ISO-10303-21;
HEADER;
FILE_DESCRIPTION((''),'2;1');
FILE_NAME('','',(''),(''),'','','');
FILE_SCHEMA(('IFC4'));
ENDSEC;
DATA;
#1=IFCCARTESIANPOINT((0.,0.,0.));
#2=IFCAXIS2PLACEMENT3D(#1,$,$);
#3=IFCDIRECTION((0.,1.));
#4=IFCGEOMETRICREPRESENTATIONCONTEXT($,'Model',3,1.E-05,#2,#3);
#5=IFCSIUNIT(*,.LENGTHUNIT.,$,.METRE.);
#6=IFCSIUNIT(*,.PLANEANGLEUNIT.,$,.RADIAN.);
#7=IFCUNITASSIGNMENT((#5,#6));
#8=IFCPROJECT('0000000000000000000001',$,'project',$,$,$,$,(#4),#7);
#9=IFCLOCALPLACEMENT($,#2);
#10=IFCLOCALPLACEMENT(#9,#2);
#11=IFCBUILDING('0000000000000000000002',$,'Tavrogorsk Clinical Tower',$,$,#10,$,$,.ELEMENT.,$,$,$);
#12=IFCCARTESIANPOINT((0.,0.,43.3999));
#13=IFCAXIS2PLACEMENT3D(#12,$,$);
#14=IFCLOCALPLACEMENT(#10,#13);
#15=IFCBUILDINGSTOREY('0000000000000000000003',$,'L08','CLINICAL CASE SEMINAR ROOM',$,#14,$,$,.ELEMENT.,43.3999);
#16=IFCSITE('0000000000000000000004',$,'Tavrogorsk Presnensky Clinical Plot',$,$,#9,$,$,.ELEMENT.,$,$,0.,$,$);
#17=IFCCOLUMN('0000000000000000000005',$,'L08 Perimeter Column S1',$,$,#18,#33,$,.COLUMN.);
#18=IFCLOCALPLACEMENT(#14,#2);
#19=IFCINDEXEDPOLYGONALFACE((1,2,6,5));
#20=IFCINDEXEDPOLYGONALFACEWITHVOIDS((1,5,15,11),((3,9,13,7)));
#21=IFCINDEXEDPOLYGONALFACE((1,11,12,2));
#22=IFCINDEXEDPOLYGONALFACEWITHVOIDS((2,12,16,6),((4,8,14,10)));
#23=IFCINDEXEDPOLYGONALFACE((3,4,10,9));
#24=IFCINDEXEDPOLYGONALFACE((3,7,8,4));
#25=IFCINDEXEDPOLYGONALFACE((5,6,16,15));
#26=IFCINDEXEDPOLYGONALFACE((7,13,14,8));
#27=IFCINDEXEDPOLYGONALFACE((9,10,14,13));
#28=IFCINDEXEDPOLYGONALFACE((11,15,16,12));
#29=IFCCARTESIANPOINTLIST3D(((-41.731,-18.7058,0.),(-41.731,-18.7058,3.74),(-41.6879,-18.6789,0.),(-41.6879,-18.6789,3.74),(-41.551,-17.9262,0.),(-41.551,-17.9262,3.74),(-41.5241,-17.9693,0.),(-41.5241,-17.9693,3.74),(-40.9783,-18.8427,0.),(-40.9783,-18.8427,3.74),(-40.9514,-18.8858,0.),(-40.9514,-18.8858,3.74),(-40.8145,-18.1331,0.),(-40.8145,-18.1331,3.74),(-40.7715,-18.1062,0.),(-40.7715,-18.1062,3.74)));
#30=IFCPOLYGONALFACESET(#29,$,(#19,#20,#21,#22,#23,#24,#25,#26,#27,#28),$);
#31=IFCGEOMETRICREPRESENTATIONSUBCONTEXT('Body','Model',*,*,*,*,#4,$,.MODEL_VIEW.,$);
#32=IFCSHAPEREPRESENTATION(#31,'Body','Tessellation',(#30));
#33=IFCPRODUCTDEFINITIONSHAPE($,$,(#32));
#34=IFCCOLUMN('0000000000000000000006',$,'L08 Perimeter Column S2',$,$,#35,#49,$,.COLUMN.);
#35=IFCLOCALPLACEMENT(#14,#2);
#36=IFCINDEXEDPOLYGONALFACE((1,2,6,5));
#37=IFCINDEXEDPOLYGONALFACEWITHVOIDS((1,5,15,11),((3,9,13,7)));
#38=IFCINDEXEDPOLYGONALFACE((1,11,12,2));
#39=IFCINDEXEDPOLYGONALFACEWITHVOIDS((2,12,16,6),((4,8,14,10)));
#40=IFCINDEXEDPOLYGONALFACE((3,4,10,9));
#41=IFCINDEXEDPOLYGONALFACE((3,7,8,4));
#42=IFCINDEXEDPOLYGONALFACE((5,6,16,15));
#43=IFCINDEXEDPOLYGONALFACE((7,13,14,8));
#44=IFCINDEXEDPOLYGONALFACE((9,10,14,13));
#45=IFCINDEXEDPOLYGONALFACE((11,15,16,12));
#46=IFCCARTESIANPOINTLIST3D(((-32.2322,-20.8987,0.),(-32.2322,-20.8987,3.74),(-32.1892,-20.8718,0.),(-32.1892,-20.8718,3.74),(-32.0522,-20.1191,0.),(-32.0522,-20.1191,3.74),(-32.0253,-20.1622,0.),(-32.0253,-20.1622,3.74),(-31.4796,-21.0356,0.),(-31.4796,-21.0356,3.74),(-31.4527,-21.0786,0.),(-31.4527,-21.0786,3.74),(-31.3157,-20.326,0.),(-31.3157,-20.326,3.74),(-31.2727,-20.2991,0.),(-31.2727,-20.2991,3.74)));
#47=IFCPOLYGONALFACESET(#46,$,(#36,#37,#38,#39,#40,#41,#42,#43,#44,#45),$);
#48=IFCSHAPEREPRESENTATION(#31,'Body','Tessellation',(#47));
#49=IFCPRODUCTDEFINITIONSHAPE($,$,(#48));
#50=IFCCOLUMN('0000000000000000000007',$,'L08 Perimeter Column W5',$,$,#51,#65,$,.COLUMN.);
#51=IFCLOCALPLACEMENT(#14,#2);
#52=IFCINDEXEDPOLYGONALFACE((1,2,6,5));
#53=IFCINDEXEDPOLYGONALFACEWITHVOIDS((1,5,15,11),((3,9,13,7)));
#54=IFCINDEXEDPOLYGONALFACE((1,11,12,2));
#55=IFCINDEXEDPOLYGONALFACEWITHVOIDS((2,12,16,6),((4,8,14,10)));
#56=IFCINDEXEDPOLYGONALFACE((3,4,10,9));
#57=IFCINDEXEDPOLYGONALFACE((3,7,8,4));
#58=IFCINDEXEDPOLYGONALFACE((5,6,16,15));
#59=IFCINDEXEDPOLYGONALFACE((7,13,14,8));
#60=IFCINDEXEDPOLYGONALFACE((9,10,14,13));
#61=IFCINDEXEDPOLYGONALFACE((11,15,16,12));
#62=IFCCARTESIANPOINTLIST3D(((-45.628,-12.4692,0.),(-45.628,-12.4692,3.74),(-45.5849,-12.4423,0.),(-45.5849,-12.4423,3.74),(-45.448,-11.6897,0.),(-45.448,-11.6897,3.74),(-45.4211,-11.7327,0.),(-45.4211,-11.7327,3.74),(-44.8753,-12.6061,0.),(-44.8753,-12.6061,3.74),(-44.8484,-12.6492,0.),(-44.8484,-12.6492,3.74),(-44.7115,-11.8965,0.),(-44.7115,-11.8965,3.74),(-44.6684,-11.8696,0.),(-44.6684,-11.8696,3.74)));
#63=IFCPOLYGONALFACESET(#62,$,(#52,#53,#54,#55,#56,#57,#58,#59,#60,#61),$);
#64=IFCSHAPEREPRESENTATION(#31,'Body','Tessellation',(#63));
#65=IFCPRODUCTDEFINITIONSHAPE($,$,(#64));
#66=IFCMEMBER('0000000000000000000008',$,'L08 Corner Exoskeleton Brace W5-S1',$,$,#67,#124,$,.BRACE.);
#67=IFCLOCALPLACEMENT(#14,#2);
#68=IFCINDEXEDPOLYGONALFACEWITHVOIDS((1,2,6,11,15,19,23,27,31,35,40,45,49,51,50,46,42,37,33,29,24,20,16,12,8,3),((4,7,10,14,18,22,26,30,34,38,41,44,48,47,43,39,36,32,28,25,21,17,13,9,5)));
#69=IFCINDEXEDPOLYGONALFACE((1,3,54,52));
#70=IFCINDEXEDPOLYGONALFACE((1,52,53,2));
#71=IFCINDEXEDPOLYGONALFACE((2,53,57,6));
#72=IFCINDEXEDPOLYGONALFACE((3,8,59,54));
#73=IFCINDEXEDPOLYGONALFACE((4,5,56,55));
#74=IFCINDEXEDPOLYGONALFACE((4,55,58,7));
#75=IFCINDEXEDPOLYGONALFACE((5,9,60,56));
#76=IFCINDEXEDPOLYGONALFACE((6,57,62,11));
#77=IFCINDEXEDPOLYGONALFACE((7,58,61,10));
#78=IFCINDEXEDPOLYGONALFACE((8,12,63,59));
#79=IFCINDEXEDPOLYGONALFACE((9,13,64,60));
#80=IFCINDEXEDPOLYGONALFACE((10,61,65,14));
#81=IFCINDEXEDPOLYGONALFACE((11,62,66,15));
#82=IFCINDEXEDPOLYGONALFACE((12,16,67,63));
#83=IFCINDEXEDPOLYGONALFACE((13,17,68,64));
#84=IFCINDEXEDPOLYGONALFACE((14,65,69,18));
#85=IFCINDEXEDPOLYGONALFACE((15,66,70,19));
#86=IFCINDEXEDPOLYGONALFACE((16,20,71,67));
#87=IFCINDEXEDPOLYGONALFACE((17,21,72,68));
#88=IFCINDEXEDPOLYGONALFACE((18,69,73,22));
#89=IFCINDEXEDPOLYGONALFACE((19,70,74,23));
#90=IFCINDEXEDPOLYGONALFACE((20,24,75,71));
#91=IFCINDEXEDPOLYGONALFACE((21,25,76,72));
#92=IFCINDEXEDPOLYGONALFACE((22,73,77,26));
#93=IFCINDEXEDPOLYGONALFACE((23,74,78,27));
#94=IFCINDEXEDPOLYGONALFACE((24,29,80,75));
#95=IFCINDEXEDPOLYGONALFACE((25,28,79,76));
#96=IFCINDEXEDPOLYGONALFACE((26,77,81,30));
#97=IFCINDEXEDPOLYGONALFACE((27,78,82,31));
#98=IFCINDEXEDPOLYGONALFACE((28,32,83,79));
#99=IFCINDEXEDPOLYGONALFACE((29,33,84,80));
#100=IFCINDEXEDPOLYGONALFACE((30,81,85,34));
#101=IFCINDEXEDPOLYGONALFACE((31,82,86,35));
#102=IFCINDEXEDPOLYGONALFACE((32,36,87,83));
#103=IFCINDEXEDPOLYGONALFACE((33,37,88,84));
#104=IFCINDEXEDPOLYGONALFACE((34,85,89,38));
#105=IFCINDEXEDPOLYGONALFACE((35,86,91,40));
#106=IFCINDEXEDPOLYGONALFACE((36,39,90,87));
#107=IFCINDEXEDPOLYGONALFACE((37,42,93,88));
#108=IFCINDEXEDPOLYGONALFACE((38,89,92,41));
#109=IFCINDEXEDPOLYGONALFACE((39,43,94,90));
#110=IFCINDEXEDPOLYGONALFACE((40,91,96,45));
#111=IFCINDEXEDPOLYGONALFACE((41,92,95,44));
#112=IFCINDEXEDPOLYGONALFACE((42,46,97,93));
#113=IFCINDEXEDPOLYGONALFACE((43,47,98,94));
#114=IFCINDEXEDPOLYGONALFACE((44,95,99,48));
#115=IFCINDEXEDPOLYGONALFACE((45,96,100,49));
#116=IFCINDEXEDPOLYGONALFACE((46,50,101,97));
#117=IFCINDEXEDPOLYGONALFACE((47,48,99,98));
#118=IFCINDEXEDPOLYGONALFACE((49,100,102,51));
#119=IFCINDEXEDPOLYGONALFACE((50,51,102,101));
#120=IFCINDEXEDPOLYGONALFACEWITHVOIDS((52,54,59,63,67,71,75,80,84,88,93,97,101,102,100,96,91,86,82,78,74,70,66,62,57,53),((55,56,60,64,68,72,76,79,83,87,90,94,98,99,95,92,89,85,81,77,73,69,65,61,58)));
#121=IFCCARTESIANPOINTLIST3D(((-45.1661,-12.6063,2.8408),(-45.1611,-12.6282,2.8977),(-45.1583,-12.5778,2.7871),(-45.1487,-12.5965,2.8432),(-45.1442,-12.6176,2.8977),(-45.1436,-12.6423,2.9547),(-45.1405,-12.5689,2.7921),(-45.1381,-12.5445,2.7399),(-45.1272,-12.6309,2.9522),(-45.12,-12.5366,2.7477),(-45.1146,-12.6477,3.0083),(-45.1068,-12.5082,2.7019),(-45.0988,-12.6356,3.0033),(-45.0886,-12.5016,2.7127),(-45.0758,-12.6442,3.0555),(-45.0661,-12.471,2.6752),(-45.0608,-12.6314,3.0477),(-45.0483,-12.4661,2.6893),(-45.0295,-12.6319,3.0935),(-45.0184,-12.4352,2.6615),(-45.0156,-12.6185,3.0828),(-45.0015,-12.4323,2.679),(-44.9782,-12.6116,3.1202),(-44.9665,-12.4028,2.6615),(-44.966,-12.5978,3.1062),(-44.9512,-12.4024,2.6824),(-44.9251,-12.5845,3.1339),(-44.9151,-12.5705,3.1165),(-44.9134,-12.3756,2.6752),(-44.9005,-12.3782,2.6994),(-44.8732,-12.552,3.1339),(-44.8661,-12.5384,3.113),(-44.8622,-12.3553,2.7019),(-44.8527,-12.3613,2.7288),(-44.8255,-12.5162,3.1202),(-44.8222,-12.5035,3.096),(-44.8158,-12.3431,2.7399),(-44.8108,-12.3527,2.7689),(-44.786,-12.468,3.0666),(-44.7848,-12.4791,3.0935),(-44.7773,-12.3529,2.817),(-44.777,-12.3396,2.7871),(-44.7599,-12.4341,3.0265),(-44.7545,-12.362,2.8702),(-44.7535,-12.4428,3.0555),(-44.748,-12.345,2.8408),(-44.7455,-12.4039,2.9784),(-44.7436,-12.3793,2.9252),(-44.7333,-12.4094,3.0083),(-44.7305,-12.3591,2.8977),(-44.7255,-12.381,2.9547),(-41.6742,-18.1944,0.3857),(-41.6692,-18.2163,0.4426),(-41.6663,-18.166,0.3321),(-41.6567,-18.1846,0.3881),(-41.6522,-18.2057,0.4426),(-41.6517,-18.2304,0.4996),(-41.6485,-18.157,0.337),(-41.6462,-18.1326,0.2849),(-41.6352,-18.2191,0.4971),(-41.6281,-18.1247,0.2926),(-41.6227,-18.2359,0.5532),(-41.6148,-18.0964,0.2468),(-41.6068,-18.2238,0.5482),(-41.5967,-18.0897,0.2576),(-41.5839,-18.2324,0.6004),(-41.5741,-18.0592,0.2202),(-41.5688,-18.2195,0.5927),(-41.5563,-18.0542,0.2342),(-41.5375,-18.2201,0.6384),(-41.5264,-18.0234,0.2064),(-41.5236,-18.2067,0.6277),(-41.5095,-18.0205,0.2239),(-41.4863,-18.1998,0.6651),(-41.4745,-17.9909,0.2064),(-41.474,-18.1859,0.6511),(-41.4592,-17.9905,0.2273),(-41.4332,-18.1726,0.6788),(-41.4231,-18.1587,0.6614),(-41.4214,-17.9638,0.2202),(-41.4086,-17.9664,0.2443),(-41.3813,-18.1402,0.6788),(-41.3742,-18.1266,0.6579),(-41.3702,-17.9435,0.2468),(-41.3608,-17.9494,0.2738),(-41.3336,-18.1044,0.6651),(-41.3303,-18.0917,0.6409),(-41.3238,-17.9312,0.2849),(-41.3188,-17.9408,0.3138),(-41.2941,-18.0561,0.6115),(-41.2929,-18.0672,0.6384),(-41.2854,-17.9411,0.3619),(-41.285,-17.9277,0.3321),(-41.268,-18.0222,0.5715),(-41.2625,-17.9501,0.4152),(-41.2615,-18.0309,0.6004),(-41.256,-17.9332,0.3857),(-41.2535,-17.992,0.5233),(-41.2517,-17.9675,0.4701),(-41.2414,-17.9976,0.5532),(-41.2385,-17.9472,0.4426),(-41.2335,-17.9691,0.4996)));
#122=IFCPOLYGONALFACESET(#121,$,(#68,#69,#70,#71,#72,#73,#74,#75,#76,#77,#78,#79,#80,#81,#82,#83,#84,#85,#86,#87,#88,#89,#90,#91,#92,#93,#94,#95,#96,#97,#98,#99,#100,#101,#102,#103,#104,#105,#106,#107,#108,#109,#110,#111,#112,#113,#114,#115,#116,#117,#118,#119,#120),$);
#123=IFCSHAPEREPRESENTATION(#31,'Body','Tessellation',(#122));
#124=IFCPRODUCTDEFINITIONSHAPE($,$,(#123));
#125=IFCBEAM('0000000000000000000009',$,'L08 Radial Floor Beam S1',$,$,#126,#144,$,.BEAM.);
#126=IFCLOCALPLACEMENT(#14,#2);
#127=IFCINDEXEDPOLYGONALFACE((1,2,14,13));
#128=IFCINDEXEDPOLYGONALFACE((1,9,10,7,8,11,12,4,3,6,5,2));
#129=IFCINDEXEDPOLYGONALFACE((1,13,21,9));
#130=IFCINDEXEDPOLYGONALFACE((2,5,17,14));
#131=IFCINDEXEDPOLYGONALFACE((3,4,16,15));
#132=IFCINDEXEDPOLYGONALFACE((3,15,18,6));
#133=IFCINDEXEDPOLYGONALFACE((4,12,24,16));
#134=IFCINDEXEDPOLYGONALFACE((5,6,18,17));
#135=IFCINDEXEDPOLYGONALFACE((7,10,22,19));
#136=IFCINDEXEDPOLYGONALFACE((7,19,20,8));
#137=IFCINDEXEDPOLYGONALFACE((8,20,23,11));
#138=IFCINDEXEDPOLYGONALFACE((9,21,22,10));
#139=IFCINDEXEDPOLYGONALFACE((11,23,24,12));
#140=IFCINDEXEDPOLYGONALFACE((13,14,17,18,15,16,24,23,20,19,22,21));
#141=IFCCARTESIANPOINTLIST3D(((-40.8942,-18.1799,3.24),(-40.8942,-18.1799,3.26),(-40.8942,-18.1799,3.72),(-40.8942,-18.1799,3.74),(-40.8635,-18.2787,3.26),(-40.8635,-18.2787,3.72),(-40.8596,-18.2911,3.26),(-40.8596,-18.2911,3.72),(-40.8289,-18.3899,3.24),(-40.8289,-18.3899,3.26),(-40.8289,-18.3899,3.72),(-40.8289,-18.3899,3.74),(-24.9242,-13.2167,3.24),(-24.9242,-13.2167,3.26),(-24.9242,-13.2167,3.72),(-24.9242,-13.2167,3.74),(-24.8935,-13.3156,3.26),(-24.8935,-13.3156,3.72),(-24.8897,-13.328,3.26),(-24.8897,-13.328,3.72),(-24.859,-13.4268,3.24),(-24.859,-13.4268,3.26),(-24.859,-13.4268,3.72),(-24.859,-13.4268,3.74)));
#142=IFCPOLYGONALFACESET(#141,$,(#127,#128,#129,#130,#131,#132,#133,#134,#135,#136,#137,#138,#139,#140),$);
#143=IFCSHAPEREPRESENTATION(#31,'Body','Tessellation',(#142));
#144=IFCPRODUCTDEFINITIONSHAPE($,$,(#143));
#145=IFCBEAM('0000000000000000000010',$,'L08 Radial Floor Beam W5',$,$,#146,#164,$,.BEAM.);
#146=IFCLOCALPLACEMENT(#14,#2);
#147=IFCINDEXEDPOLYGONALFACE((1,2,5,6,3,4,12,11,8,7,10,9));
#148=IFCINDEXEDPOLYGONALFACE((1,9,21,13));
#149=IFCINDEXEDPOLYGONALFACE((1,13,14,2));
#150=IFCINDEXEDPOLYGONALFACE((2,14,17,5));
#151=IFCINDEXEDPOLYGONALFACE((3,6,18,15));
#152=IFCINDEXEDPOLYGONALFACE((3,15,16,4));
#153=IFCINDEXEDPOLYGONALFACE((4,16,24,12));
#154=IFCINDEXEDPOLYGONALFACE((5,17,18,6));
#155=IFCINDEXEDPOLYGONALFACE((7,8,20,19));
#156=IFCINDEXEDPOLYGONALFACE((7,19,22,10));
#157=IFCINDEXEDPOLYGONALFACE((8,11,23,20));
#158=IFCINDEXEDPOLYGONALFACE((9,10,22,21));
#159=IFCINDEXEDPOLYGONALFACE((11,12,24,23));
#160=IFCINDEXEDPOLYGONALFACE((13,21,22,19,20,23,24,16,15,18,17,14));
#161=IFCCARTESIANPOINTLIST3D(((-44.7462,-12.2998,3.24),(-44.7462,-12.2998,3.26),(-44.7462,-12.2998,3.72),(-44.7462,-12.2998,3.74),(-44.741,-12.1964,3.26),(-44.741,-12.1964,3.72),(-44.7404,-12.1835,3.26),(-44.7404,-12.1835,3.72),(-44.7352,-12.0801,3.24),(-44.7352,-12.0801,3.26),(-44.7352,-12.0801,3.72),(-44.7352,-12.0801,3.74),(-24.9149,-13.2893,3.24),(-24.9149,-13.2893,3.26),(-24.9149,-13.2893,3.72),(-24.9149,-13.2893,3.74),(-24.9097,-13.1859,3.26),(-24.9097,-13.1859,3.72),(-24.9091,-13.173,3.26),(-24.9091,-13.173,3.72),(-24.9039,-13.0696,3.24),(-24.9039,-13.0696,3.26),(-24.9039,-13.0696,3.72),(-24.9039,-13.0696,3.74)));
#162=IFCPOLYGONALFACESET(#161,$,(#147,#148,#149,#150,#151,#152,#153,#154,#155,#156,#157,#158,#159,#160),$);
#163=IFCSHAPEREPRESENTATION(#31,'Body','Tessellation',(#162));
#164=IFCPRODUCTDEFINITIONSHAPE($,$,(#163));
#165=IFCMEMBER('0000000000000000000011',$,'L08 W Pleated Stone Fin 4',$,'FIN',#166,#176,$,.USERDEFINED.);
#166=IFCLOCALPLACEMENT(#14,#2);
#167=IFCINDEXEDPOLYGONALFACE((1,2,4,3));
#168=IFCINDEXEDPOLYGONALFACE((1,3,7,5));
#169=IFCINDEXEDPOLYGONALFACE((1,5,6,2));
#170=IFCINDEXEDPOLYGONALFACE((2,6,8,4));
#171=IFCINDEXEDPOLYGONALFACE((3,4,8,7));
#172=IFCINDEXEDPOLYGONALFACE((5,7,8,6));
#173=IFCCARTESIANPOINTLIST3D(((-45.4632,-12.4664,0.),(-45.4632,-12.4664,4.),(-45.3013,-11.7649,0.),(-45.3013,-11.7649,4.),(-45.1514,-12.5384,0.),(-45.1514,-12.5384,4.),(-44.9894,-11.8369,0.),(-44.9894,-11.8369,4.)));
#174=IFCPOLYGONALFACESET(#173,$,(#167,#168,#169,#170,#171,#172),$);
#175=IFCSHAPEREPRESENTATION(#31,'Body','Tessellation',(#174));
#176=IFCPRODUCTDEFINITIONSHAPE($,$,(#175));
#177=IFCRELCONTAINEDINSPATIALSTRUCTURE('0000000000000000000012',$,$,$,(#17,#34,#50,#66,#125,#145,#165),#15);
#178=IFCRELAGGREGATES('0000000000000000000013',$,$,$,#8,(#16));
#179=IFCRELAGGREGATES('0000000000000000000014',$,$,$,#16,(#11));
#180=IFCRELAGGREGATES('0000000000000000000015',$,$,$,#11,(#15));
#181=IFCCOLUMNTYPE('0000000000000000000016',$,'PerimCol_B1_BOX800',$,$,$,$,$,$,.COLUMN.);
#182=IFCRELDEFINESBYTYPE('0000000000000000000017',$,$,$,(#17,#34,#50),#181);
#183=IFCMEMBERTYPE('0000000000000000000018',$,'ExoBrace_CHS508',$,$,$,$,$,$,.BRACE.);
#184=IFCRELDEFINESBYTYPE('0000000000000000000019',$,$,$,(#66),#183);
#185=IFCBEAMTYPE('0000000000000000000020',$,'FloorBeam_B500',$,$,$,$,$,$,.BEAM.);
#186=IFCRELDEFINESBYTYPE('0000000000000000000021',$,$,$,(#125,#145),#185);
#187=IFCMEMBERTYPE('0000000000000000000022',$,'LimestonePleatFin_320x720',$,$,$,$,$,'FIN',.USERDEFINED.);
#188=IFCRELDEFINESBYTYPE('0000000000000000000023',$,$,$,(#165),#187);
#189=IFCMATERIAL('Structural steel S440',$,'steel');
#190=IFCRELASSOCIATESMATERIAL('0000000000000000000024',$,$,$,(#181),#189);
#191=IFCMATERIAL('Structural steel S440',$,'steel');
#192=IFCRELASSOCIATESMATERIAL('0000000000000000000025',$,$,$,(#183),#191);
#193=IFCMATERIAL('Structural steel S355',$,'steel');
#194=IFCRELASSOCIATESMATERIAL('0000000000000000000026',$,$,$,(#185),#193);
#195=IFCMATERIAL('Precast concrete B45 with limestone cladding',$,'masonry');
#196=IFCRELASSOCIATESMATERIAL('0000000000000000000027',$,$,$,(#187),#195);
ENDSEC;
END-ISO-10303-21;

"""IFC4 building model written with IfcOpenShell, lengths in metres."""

from ifc_helpers import new_model, si_unit, direction, frame, origin, origin_2d, place, context, subcontext, project, spatial, rectangle, hollow_rectangle, hollow_circle, i_section, extrude, material, material_profile, profile_set, type_object, element, save


model = new_model("IFC4")

# Units and contexts
model_context = context("Model", 3, precision=1e-05, world=origin(), true_north=direction((0.0, 1.0)))
body_context = subcontext(model_context, "Body", "Model", "MODEL_VIEW")
ifc_project = project(units=[si_unit("LENGTHUNIT", "METRE"), si_unit("PLANEANGLEUNIT", "RADIAN")], contexts=[model_context])

# Site, building, storey
site_placement = place(None, origin())
site = spatial("IfcSite", under=ifc_project, at=site_placement, Name="Tavrogorsk Presnensky Clinical Plot", CompositionType="ELEMENT", RefElevation=0.0)
building_placement = place(site_placement, origin())
building = spatial("IfcBuilding", under=site, at=building_placement, Name="Tavrogorsk Clinical Tower", CompositionType="ELEMENT")
storey_placement = place(building_placement, frame((0.0, 0.0, 43.3999)))
storey = spatial("IfcBuildingStorey", under=building, at=storey_placement, Name="L08", Description="CLINICAL CASE SEMINAR ROOM", CompositionType="ELEMENT", Elevation=43.3999)

# Columns
ifc_material_1 = material(Name="Structural steel S440", Category="steel")
ifc_material_profile_1 = material_profile(ifc_material_1, hollow_rectangle(XDim=0.8, YDim=0.8, WallThickness=0.0359, at=origin_2d()), Name="BOX-800x800x36")
ifc_profile_set_1 = profile_set([ifc_material_profile_1], Name="Structural steel S440")
column_type = type_object("IfcColumnType", Name="PerimCol_B1_BOX800", PredefinedType="COLUMN", material=ifc_profile_set_1)
for number, where, z_axis, x_axis, name in (
    (1, (-41.2512, -18.406, 0.0), (0.0, 0.0, 1.0), (0.97437, -0.224951, 0.0), "L08 Perimeter Column S1"),
    (2, (-31.7524, -20.5989, 0.0), (0.0, 0.0, 1.0), (0.97437, -0.224951, 0.0), "L08 Perimeter Column S2"),
    (3, (-45.1482, -12.1694, 0.0), (0.0, 0.0, 1.0), (0.97437, -0.224951, 0.0), "L08 Perimeter Column W5"),
):
    element("IfcColumn", number, at=place(storey_placement, frame(where, z_axis=z_axis, x_axis=x_axis)), inside=storey, type_object=column_type, Name=name, PredefinedType="COLUMN", context=body_context, shape_type="SweptSolid", body=[
        extrude(hollow_rectangle(XDim=0.8, YDim=0.8, WallThickness=0.0359, at=origin_2d()), origin(), (0.0, 0.0, 1.0), 3.74),
    ])

# Member
ifc_material_2 = material(Name="Structural steel S440", Category="steel")
ifc_material_profile_2 = material_profile(ifc_material_2, hollow_circle(Radius=0.2539, WallThickness=0.02, at=origin_2d()), Name="CHS-508x20")
ifc_profile_set_2 = profile_set([ifc_material_profile_2], Name="Structural steel S440")
member_type_1 = type_object("IfcMemberType", Name="ExoBrace_CHS508", PredefinedType="BRACE", material=ifc_profile_set_2)
member_1_placement = place(storey_placement, frame((-41.4539, -18.0818, 0.4426), z_axis=(-0.496582, 0.794678, 0.349132), x_axis=(-0.848042, -0.529929, 0.0)))
element("IfcMember", 4, at=member_1_placement, inside=storey, type_object=member_type_1, Name="L08 Corner Exoskeleton Brace W5-S1", PredefinedType="BRACE", context=body_context, shape_type="SweptSolid", body=[
    extrude(hollow_circle(Radius=0.2539, WallThickness=0.02, at=origin_2d()), origin(), (0.0, 0.0, 1.0), 7.032),
])

# Beams
ifc_material_3 = material(Name="Structural steel S355", Category="steel")
ifc_material_profile_3 = material_profile(ifc_material_3, i_section(OverallWidth=0.22, OverallDepth=0.5, WebThickness=0.0129, FlangeThickness=0.02, at=origin_2d()), Name="B-500x220x13x20")
ifc_profile_set_3 = profile_set([ifc_material_profile_3], Name="Structural steel S355")
beam_type_1 = type_object("IfcBeamType", Name="FloorBeam_B500", PredefinedType="BEAM", material=ifc_profile_set_3)
beam_1_placement = place(storey_placement, frame((-24.8916, -13.3218, 3.49), z_axis=(-0.954947, -0.296778, 0.0), x_axis=(0.296778, -0.954947, 0.0)))
element("IfcBeam", 5, at=beam_1_placement, inside=storey, type_object=beam_type_1, Name="L08 Radial Floor Beam S1", PredefinedType="BEAM", context=body_context, shape_type="SweptSolid", body=[
    extrude(i_section(OverallWidth=0.22, OverallDepth=0.5, WebThickness=0.0129, FlangeThickness=0.02, at=origin_2d()), origin(), (0.0, 0.0, 1.0), 16.7234),
])
beam_2_placement = place(storey_placement, frame((-24.9094, -13.1794, 3.49), z_axis=(-0.998758, 0.049834, 0.0), x_axis=(-0.049834, -0.998758, 0.0)))
element("IfcBeam", 6, at=beam_2_placement, inside=storey, type_object=beam_type_1, Name="L08 Radial Floor Beam W5", PredefinedType="BEAM", context=body_context, shape_type="SweptSolid", body=[
    extrude(i_section(OverallWidth=0.22, OverallDepth=0.5, WebThickness=0.0129, FlangeThickness=0.02, at=origin_2d()), origin(), (0.0, 0.0, 1.0), 19.856),
])

# Member
ifc_material_4 = material(Name="Precast concrete B45 with limestone cladding", Category="masonry")
ifc_material_profile_4 = material_profile(ifc_material_4, rectangle(XDim=0.3201, YDim=0.72, at=origin_2d()), Name="LIMESTONE-FIN-320x720")
ifc_profile_set_4 = profile_set([ifc_material_profile_4], Name="Precast concrete B45 with limestone cladding")
member_type_2 = type_object("IfcMemberType", Name="LimestonePleatFin_320x720", ElementType="FIN", PredefinedType="USERDEFINED", material=ifc_profile_set_4)
member_2_placement = place(storey_placement, frame((-45.2263, -12.1516, 0.0), z_axis=(0.0, 0.0, 1.0), x_axis=(0.97437, -0.224951, 0.0)))
element("IfcMember", 7, at=member_2_placement, inside=storey, type_object=member_type_2, Name="L08 W Pleated Stone Fin 4", ObjectType="FIN", PredefinedType="USERDEFINED", context=body_context, shape_type="SweptSolid", body=[
    extrude(rectangle(XDim=0.3201, YDim=0.72, at=origin_2d()), origin(), (0.0, 0.0, 1.0), 4.0),
])

save(model, "model.ifc")
